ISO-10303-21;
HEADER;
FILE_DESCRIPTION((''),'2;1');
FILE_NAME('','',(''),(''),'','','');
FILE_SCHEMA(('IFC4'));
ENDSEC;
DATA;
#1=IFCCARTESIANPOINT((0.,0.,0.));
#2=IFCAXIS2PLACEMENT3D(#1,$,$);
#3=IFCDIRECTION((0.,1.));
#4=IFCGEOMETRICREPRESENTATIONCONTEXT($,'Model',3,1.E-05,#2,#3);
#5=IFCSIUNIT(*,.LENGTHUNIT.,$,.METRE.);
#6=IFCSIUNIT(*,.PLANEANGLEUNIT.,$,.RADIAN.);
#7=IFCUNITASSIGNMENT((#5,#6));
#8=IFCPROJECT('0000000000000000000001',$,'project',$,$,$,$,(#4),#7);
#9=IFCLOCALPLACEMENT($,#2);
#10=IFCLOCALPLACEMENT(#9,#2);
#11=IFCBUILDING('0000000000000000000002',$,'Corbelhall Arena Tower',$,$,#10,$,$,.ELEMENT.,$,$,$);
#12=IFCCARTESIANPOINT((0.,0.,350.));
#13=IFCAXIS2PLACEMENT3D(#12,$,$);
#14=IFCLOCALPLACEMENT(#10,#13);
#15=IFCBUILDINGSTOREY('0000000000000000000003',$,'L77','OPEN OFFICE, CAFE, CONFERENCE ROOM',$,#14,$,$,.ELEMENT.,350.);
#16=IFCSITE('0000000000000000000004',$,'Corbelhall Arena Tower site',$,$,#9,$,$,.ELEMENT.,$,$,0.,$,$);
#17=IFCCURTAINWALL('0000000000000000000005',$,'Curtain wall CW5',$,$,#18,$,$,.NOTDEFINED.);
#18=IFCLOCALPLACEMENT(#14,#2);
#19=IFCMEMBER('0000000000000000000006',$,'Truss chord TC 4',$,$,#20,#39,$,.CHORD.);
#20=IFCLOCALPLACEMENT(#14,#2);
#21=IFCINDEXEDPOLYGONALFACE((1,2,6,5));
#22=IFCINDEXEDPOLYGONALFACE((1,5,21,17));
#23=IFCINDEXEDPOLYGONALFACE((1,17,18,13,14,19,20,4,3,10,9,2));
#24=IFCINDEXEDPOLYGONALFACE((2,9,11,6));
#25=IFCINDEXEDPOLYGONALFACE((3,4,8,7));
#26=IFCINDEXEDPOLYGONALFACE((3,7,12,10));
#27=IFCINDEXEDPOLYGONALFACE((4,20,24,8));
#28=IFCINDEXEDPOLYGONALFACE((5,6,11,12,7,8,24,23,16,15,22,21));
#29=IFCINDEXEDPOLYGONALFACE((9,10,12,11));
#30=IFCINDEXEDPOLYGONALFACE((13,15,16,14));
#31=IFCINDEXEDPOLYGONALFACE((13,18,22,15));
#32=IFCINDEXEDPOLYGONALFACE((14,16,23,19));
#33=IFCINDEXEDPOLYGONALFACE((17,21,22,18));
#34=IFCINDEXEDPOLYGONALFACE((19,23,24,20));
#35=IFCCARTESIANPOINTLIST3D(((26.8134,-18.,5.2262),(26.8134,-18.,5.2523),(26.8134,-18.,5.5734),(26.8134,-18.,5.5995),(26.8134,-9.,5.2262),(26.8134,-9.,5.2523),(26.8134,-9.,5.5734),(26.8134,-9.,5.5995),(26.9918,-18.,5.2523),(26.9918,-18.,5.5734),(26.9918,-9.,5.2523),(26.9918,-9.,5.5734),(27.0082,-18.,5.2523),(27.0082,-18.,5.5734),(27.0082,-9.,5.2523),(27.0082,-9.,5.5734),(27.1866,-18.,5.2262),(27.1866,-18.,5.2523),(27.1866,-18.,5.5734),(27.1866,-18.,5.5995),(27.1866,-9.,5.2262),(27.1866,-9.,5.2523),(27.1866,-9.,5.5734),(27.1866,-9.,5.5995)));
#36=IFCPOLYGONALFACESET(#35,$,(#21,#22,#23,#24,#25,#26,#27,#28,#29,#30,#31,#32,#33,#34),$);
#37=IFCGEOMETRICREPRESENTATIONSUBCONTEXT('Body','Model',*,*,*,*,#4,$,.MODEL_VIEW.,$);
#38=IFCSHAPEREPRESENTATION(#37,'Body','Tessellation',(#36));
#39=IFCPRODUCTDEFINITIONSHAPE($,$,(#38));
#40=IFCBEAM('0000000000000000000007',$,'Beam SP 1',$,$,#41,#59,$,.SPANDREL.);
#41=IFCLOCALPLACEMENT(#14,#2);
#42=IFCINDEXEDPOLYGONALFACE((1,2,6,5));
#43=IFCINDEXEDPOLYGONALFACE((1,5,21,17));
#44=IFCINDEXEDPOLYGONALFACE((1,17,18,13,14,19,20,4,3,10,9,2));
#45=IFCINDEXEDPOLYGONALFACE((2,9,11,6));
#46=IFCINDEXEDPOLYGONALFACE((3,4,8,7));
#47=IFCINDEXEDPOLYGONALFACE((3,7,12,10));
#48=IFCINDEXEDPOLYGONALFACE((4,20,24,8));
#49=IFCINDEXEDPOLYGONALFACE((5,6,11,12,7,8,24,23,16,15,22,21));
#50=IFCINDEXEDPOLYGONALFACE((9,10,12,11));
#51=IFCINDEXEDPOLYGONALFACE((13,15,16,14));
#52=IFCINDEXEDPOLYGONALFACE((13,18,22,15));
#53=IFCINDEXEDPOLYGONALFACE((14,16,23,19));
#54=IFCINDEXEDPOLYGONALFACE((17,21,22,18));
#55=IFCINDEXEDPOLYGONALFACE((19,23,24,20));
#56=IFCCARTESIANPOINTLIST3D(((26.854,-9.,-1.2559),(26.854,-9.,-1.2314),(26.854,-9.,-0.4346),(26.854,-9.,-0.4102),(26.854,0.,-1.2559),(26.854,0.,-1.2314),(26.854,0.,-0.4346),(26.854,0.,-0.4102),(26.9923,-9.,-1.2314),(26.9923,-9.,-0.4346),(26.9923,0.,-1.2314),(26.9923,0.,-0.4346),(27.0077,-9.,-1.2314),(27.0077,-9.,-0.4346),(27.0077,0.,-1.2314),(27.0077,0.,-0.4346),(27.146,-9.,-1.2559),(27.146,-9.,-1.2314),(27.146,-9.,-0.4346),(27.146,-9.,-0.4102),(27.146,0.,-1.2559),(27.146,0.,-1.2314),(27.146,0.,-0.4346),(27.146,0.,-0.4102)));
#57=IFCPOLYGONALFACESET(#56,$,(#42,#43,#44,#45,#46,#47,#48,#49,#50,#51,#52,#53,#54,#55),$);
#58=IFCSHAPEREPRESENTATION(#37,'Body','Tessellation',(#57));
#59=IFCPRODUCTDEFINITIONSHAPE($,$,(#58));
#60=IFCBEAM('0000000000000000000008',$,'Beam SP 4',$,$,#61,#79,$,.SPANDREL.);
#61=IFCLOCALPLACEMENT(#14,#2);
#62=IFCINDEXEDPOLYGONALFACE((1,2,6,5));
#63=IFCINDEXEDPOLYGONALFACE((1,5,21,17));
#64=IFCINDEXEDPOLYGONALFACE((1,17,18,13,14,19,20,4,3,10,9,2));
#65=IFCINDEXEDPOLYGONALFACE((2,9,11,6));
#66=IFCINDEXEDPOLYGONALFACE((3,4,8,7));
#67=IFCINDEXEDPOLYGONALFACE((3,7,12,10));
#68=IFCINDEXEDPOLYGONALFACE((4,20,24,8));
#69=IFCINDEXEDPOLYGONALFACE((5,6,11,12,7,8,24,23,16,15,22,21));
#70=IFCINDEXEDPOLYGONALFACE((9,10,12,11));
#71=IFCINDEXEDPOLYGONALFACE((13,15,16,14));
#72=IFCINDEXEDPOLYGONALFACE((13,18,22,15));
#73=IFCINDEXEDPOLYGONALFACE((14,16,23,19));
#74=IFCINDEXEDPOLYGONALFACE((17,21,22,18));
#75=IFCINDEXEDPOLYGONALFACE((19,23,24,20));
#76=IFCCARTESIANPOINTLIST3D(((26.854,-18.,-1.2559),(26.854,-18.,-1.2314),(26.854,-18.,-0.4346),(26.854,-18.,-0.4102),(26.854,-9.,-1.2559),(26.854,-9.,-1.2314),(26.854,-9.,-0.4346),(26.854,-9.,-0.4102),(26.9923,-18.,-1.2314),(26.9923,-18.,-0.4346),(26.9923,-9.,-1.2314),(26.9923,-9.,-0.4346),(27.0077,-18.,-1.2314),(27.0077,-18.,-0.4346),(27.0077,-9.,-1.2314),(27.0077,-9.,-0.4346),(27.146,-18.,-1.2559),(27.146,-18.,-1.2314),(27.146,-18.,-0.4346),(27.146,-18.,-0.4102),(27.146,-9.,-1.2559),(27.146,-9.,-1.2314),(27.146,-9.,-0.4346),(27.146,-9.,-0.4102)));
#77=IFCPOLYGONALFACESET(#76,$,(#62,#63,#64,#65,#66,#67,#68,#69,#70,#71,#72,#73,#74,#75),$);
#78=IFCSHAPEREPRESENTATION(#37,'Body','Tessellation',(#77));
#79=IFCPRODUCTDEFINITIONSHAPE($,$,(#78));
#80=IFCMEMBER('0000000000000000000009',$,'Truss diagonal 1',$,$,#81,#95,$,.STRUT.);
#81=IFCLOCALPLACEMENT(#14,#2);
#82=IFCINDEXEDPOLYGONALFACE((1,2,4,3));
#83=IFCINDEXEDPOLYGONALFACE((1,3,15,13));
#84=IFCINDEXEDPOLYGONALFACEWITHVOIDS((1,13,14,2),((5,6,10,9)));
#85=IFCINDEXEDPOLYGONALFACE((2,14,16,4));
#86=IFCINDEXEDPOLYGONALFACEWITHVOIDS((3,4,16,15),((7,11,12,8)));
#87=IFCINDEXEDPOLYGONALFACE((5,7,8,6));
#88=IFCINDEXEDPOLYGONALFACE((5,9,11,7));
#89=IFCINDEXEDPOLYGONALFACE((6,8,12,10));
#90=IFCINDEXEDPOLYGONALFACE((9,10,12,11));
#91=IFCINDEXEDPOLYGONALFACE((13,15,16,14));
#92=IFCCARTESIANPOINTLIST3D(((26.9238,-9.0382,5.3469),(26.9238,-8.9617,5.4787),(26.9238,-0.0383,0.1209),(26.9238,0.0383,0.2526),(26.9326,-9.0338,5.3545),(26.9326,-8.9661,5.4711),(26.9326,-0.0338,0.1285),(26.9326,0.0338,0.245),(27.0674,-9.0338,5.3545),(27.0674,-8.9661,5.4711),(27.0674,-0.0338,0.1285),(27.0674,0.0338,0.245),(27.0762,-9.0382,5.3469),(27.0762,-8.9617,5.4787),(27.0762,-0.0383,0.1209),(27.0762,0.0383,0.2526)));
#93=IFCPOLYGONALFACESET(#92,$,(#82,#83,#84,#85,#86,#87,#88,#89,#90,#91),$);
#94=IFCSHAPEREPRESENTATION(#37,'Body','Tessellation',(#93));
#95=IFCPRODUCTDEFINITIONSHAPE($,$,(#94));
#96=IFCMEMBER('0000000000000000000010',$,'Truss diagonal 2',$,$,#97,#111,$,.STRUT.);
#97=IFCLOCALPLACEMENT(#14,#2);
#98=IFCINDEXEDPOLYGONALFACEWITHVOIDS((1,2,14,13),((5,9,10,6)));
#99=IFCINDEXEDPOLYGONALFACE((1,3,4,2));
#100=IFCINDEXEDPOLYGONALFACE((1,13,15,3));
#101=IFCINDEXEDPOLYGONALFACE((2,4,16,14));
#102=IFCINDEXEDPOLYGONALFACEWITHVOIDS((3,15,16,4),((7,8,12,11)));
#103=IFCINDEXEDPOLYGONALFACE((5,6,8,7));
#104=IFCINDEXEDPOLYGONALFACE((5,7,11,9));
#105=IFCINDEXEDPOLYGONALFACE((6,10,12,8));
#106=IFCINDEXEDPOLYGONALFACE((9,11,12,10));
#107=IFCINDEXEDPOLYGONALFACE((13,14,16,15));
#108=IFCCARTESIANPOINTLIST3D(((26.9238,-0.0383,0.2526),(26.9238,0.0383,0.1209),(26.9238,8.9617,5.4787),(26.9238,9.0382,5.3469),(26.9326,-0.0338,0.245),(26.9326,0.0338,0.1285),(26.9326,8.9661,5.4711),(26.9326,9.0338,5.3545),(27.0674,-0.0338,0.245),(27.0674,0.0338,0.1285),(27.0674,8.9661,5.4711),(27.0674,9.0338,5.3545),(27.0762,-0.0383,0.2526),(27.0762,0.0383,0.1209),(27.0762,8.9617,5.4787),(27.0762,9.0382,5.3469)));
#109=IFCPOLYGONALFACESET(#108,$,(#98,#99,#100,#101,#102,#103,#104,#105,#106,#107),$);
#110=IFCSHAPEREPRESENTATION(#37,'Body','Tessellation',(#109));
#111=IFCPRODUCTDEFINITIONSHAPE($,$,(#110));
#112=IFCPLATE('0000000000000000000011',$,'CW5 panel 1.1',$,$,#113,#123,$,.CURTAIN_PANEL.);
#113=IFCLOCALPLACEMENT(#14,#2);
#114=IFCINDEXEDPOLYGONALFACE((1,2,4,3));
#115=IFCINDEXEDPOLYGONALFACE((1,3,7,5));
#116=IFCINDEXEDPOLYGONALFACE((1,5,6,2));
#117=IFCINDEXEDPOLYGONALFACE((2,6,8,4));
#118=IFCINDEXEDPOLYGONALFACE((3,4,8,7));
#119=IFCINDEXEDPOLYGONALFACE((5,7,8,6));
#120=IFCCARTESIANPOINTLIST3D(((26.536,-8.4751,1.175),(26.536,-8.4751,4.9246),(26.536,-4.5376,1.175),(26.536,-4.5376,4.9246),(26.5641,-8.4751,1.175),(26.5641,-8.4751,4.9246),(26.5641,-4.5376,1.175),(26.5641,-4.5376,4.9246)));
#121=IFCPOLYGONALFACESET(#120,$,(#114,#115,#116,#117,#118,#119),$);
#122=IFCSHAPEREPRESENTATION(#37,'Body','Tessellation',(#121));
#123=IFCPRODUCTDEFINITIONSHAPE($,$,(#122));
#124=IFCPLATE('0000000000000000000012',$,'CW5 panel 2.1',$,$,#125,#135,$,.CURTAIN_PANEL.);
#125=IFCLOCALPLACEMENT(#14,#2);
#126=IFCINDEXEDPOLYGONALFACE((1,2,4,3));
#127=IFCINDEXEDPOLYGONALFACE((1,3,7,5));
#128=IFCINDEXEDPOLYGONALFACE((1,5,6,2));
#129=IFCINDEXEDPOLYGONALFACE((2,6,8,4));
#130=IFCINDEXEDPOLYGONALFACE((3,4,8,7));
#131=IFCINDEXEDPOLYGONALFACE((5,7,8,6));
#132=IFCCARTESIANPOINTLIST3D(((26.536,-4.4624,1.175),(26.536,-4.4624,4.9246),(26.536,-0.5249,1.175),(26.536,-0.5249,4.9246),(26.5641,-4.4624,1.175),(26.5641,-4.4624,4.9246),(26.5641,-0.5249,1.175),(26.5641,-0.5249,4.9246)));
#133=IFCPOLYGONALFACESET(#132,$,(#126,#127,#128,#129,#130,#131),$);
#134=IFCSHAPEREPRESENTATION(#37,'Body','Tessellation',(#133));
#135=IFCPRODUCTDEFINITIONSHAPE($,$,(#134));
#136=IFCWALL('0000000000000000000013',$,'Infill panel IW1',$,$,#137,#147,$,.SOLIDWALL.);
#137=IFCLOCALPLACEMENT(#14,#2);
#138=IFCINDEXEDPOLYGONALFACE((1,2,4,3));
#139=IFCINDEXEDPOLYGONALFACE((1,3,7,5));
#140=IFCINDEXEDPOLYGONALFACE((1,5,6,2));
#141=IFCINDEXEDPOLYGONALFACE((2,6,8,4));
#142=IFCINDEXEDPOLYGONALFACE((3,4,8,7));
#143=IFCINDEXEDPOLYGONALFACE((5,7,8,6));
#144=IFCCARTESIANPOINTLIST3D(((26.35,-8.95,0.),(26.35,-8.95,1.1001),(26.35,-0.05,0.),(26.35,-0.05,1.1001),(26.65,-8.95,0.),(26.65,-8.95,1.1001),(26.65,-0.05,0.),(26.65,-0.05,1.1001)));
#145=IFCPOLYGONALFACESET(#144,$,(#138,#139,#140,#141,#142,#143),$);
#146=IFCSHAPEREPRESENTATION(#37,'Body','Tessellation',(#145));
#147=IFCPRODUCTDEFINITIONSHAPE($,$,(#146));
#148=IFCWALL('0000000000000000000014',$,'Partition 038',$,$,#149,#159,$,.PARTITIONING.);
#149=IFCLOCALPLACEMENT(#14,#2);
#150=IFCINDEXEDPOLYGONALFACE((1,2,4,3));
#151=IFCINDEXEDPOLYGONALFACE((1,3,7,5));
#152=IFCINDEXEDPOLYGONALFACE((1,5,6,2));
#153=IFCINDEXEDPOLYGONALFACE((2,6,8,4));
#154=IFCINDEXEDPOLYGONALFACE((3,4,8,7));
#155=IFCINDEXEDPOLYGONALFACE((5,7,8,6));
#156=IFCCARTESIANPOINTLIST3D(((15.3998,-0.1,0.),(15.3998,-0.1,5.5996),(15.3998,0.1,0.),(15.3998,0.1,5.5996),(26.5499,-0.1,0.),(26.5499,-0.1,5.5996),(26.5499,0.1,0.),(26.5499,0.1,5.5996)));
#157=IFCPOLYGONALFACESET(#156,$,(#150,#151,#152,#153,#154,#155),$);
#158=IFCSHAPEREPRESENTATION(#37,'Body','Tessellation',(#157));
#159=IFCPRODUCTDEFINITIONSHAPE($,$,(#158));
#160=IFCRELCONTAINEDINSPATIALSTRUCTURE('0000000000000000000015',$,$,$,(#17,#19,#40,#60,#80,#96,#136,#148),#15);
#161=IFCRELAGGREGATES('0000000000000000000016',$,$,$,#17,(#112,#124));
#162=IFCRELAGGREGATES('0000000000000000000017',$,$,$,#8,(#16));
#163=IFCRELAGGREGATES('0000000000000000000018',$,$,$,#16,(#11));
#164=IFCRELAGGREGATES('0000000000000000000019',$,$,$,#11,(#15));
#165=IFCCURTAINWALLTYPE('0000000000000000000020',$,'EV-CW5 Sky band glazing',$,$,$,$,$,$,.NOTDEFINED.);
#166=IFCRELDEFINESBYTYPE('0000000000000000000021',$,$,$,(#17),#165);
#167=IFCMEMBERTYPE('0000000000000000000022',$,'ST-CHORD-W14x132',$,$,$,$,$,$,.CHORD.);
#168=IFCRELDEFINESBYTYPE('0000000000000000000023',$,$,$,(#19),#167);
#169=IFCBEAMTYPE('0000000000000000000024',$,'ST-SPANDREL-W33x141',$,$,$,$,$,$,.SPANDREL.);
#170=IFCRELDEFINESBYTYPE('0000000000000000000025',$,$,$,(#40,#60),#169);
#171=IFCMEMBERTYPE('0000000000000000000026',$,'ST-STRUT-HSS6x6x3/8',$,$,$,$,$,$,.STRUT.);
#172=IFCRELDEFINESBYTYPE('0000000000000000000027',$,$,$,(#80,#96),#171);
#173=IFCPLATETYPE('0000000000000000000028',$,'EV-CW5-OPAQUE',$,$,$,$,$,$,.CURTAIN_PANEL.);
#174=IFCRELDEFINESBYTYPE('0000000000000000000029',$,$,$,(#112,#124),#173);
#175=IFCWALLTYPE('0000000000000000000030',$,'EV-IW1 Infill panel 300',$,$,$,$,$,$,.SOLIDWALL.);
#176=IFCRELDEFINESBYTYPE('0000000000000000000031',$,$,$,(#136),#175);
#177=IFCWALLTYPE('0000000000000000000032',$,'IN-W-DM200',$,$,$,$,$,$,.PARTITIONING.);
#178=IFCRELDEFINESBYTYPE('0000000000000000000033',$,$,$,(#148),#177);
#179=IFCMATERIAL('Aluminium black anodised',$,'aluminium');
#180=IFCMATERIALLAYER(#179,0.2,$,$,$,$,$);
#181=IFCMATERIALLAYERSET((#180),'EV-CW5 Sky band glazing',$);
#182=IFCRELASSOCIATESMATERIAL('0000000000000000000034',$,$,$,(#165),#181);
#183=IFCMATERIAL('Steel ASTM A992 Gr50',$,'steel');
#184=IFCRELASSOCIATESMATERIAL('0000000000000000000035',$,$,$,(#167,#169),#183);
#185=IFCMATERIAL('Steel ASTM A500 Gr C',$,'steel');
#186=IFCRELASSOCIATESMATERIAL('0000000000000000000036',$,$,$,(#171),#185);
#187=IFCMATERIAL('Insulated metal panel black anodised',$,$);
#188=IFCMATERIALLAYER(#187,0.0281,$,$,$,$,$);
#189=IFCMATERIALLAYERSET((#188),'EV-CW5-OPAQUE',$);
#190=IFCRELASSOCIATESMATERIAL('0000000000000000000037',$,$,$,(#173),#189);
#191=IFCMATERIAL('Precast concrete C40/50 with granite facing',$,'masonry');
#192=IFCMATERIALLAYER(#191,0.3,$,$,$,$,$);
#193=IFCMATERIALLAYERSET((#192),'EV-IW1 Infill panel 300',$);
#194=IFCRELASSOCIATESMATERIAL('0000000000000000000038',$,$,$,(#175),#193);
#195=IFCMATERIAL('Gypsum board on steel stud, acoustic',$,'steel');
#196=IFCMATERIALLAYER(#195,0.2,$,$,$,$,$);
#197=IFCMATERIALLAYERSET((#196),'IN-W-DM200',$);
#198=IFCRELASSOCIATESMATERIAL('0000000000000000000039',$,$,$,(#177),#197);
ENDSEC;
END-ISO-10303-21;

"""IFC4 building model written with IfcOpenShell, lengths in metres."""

from ifc_helpers import new_model, si_unit, direction, frame, frame_2d, origin, origin_2d, place, context, subcontext, project, spatial, rectangle, hollow_rectangle, i_section, extrude, material, layer, layer_set, material_profile, profile_set, type_object, element, aggregate, save


model = new_model("IFC4")

# Units and contexts
model_context = context("Model", 3, precision=1e-05, world=origin(), true_north=direction((0.0, 1.0)))
body_context = subcontext(model_context, "Body", "Model", "MODEL_VIEW")
ifc_project = project(units=[si_unit("LENGTHUNIT", "METRE"), si_unit("PLANEANGLEUNIT", "RADIAN")], contexts=[model_context])

# Site, building, storey
site_placement = place(None, origin())
site = spatial("IfcSite", under=ifc_project, at=site_placement, Name="Corbelhall Arena Tower site", CompositionType="ELEMENT", RefElevation=0.0)
building_placement = place(site_placement, origin())
building = spatial("IfcBuilding", under=site, at=building_placement, Name="Corbelhall Arena Tower", CompositionType="ELEMENT")
storey_placement = place(building_placement, frame((0.0, 0.0, 350.0)))
storey = spatial("IfcBuildingStorey", under=building, at=storey_placement, Name="L77", Description="OPEN OFFICE, CAFE, CONFERENCE ROOM", CompositionType="ELEMENT", Elevation=350.0)

# Shared definitions
ifc_material_1 = material(Name="Aluminium black anodised", Category="aluminium")
ifc_layer_1 = layer(ifc_material_1, 0.2)
ifc_layer_set_1 = layer_set([ifc_layer_1], Name="EV-CW5 Sky band glazing")
curtain_wall_type = type_object("IfcCurtainWallType", Name="EV-CW5 Sky band glazing", PredefinedType="NOTDEFINED", material=ifc_layer_set_1)

# Curtain wall
curtain_wall_1_placement = place(storey_placement, origin())
curtain_wall_1 = element("IfcCurtainWall", 1, at=curtain_wall_1_placement, inside=storey, type_object=curtain_wall_type, Name="Curtain wall CW5", PredefinedType="NOTDEFINED")

# Member
ifc_material_2 = material(Name="Steel ASTM A992 Gr50", Category="steel")
ifc_material_profile_1 = material_profile(ifc_material_2, i_section(OverallWidth=0.3733, OverallDepth=0.3733, WebThickness=0.0164, FlangeThickness=0.0261, at=origin_2d()))
ifc_profile_set_1 = profile_set([ifc_material_profile_1], Name="Steel ASTM A992 Gr50")
member_type_1 = type_object("IfcMemberType", Name="ST-CHORD-W14x132", PredefinedType="CHORD", material=ifc_profile_set_1)
for number, where, z_axis, x_axis, name in (
    (2, (27.0, -9.0, 5.4128), (0.0, -1.0, 0.0), (1.0, 0.0, 0.0), "Truss chord TC 4"),
):
    element("IfcMember", number, at=place(storey_placement, frame(where, z_axis=z_axis, x_axis=x_axis)), inside=storey, type_object=member_type_1, Name=name, PredefinedType="CHORD", context=body_context, shape_type="SweptSolid", body=[
        extrude(i_section(OverallWidth=0.3733, OverallDepth=0.3733, WebThickness=0.0164, FlangeThickness=0.0261, at=origin_2d()), origin(), (0.0, 0.0, 1.0), 9.0),
    ])

# Beams
ifc_material_profile_2 = material_profile(ifc_material_2, i_section(OverallWidth=0.292, OverallDepth=0.8457, WebThickness=0.0154, FlangeThickness=0.0244, at=origin_2d()))
ifc_profile_set_2 = profile_set([ifc_material_profile_2], Name="Steel ASTM A992 Gr50")
beam_type = type_object("IfcBeamType", Name="ST-SPANDREL-W33x141", PredefinedType="SPANDREL", material=ifc_profile_set_2)
for number, where, z_axis, x_axis, name in (
    (3, (27.0, 0.0, -0.833), (0.0, -1.0, 0.0), (1.0, 0.0, 0.0), "Beam SP 1"),
    (4, (27.0, -9.0, -0.833), (0.0, -1.0, 0.0), (1.0, 0.0, 0.0), "Beam SP 4"),
):
    element("IfcBeam", number, at=place(storey_placement, frame(where, z_axis=z_axis, x_axis=x_axis)), inside=storey, type_object=beam_type, Name=name, PredefinedType="SPANDREL", context=body_context, shape_type="SweptSolid", body=[
        extrude(i_section(OverallWidth=0.292, OverallDepth=0.8457, WebThickness=0.0154, FlangeThickness=0.0244, at=origin_2d()), origin(), (0.0, 0.0, 1.0), 9.0),
    ])

# Members
ifc_material_3 = material(Name="Steel ASTM A500 Gr C", Category="steel")
ifc_material_profile_3 = material_profile(ifc_material_3, hollow_rectangle(XDim=0.1523, YDim=0.1523, WallThickness=0.0088, at=origin_2d()))
ifc_profile_set_3 = profile_set([ifc_material_profile_3], Name="Steel ASTM A500 Gr C")
member_type_2 = type_object("IfcMemberType", Name="ST-STRUT-HSS6x6x3/8", PredefinedType="STRUT", material=ifc_profile_set_3)
for number, where, z_axis, x_axis, name in (
    (5, (27.0, 0.0, 0.1868), (0.0, -0.864778, 0.502155), (1.0, 0.0, 0.0), "Truss diagonal 1"),
    (6, (27.0, 0.0, 0.1868), (0.0, 0.864778, 0.502155), (-1.0, 0.0, 0.0), "Truss diagonal 2"),
):
    element("IfcMember", number, at=place(storey_placement, frame(where, z_axis=z_axis, x_axis=x_axis)), inside=storey, type_object=member_type_2, Name=name, PredefinedType="STRUT", context=body_context, shape_type="SweptSolid", body=[
        extrude(hollow_rectangle(XDim=0.1523, YDim=0.1523, WallThickness=0.0088, at=origin_2d()), origin(), (0.0, 0.0, 1.0), 10.4072),
    ])

# Plates
ifc_material_4 = material(Name="Insulated metal panel black anodised")
ifc_layer_2 = layer(ifc_material_4, 0.0281)
ifc_layer_set_2 = layer_set([ifc_layer_2], Name="EV-CW5-OPAQUE")
plate_type = type_object("IfcPlateType", Name="EV-CW5-OPAQUE", PredefinedType="CURTAIN_PANEL", material=ifc_layer_set_2)
plate_1_placement = place(storey_placement, frame((26.55, -6.5063, 1.175), z_axis=(0.0, 0.0, 1.0), x_axis=(0.0, 1.0, 0.0)))
plate_1 = element("IfcPlate", 7, at=plate_1_placement, type_object=plate_type, Name="CW5 panel 1.1", PredefinedType="CURTAIN_PANEL", context=body_context, shape_type="SweptSolid", body=[
    extrude(rectangle(XDim=3.9375, YDim=0.0281, at=origin_2d()), origin(), (0.0, 0.0, 1.0), 3.7495),
])
plate_2_placement = place(storey_placement, frame((26.55, -2.4937, 1.175), z_axis=(0.0, 0.0, 1.0), x_axis=(0.0, 1.0, 0.0)))
plate_2 = element("IfcPlate", 8, at=plate_2_placement, type_object=plate_type, Name="CW5 panel 2.1", PredefinedType="CURTAIN_PANEL", context=body_context, shape_type="SweptSolid", body=[
    extrude(rectangle(XDim=3.9375, YDim=0.0281, at=origin_2d()), origin(), (0.0, 0.0, 1.0), 3.7495),
])
aggregate(curtain_wall_1, [plate_1, plate_2])

# Walls
ifc_material_5 = material(Name="Precast concrete C40/50 with granite facing", Category="masonry")
ifc_layer_3 = layer(ifc_material_5, 0.3)
ifc_layer_set_3 = layer_set([ifc_layer_3], Name="EV-IW1 Infill panel 300")
wall_type_1 = type_object("IfcWallType", Name="EV-IW1 Infill panel 300", PredefinedType="SOLIDWALL", material=ifc_layer_set_3)
wall_1_placement = place(storey_placement, frame((26.5, -8.95, 0.0), z_axis=(0.0, 0.0, 1.0), x_axis=(0.0, 1.0, 0.0)))
element("IfcWall", 9, at=wall_1_placement, inside=storey, type_object=wall_type_1, Name="Infill panel IW1", PredefinedType="SOLIDWALL", context=body_context, shape_type="SweptSolid", body=[
    extrude(rectangle(XDim=8.8999, YDim=0.3, at=frame_2d((4.45, 0.0))), origin(), (0.0, 0.0, 1.0), 1.1001),
])
ifc_material_6 = material(Name="Gypsum board on steel stud, acoustic", Category="steel")
ifc_layer_4 = layer(ifc_material_6, 0.2)
ifc_layer_set_4 = layer_set([ifc_layer_4], Name="IN-W-DM200")
wall_type_2 = type_object("IfcWallType", Name="IN-W-DM200", PredefinedType="PARTITIONING", material=ifc_layer_set_4)
wall_2_placement = place(storey_placement, frame((26.55, 0.0, 0.0), z_axis=(0.0, 0.0, 1.0), x_axis=(-1.0, 0.0, 0.0)))
element("IfcWall", 10, at=wall_2_placement, inside=storey, type_object=wall_type_2, Name="Partition 038", PredefinedType="PARTITIONING", context=body_context, shape_type="SweptSolid", body=[
    extrude(rectangle(XDim=11.1501, YDim=0.2, at=frame_2d((5.5752, 0.0))), origin(), (0.0, 0.0, 1.0), 5.5996),
])

save(model, "model.ifc")
